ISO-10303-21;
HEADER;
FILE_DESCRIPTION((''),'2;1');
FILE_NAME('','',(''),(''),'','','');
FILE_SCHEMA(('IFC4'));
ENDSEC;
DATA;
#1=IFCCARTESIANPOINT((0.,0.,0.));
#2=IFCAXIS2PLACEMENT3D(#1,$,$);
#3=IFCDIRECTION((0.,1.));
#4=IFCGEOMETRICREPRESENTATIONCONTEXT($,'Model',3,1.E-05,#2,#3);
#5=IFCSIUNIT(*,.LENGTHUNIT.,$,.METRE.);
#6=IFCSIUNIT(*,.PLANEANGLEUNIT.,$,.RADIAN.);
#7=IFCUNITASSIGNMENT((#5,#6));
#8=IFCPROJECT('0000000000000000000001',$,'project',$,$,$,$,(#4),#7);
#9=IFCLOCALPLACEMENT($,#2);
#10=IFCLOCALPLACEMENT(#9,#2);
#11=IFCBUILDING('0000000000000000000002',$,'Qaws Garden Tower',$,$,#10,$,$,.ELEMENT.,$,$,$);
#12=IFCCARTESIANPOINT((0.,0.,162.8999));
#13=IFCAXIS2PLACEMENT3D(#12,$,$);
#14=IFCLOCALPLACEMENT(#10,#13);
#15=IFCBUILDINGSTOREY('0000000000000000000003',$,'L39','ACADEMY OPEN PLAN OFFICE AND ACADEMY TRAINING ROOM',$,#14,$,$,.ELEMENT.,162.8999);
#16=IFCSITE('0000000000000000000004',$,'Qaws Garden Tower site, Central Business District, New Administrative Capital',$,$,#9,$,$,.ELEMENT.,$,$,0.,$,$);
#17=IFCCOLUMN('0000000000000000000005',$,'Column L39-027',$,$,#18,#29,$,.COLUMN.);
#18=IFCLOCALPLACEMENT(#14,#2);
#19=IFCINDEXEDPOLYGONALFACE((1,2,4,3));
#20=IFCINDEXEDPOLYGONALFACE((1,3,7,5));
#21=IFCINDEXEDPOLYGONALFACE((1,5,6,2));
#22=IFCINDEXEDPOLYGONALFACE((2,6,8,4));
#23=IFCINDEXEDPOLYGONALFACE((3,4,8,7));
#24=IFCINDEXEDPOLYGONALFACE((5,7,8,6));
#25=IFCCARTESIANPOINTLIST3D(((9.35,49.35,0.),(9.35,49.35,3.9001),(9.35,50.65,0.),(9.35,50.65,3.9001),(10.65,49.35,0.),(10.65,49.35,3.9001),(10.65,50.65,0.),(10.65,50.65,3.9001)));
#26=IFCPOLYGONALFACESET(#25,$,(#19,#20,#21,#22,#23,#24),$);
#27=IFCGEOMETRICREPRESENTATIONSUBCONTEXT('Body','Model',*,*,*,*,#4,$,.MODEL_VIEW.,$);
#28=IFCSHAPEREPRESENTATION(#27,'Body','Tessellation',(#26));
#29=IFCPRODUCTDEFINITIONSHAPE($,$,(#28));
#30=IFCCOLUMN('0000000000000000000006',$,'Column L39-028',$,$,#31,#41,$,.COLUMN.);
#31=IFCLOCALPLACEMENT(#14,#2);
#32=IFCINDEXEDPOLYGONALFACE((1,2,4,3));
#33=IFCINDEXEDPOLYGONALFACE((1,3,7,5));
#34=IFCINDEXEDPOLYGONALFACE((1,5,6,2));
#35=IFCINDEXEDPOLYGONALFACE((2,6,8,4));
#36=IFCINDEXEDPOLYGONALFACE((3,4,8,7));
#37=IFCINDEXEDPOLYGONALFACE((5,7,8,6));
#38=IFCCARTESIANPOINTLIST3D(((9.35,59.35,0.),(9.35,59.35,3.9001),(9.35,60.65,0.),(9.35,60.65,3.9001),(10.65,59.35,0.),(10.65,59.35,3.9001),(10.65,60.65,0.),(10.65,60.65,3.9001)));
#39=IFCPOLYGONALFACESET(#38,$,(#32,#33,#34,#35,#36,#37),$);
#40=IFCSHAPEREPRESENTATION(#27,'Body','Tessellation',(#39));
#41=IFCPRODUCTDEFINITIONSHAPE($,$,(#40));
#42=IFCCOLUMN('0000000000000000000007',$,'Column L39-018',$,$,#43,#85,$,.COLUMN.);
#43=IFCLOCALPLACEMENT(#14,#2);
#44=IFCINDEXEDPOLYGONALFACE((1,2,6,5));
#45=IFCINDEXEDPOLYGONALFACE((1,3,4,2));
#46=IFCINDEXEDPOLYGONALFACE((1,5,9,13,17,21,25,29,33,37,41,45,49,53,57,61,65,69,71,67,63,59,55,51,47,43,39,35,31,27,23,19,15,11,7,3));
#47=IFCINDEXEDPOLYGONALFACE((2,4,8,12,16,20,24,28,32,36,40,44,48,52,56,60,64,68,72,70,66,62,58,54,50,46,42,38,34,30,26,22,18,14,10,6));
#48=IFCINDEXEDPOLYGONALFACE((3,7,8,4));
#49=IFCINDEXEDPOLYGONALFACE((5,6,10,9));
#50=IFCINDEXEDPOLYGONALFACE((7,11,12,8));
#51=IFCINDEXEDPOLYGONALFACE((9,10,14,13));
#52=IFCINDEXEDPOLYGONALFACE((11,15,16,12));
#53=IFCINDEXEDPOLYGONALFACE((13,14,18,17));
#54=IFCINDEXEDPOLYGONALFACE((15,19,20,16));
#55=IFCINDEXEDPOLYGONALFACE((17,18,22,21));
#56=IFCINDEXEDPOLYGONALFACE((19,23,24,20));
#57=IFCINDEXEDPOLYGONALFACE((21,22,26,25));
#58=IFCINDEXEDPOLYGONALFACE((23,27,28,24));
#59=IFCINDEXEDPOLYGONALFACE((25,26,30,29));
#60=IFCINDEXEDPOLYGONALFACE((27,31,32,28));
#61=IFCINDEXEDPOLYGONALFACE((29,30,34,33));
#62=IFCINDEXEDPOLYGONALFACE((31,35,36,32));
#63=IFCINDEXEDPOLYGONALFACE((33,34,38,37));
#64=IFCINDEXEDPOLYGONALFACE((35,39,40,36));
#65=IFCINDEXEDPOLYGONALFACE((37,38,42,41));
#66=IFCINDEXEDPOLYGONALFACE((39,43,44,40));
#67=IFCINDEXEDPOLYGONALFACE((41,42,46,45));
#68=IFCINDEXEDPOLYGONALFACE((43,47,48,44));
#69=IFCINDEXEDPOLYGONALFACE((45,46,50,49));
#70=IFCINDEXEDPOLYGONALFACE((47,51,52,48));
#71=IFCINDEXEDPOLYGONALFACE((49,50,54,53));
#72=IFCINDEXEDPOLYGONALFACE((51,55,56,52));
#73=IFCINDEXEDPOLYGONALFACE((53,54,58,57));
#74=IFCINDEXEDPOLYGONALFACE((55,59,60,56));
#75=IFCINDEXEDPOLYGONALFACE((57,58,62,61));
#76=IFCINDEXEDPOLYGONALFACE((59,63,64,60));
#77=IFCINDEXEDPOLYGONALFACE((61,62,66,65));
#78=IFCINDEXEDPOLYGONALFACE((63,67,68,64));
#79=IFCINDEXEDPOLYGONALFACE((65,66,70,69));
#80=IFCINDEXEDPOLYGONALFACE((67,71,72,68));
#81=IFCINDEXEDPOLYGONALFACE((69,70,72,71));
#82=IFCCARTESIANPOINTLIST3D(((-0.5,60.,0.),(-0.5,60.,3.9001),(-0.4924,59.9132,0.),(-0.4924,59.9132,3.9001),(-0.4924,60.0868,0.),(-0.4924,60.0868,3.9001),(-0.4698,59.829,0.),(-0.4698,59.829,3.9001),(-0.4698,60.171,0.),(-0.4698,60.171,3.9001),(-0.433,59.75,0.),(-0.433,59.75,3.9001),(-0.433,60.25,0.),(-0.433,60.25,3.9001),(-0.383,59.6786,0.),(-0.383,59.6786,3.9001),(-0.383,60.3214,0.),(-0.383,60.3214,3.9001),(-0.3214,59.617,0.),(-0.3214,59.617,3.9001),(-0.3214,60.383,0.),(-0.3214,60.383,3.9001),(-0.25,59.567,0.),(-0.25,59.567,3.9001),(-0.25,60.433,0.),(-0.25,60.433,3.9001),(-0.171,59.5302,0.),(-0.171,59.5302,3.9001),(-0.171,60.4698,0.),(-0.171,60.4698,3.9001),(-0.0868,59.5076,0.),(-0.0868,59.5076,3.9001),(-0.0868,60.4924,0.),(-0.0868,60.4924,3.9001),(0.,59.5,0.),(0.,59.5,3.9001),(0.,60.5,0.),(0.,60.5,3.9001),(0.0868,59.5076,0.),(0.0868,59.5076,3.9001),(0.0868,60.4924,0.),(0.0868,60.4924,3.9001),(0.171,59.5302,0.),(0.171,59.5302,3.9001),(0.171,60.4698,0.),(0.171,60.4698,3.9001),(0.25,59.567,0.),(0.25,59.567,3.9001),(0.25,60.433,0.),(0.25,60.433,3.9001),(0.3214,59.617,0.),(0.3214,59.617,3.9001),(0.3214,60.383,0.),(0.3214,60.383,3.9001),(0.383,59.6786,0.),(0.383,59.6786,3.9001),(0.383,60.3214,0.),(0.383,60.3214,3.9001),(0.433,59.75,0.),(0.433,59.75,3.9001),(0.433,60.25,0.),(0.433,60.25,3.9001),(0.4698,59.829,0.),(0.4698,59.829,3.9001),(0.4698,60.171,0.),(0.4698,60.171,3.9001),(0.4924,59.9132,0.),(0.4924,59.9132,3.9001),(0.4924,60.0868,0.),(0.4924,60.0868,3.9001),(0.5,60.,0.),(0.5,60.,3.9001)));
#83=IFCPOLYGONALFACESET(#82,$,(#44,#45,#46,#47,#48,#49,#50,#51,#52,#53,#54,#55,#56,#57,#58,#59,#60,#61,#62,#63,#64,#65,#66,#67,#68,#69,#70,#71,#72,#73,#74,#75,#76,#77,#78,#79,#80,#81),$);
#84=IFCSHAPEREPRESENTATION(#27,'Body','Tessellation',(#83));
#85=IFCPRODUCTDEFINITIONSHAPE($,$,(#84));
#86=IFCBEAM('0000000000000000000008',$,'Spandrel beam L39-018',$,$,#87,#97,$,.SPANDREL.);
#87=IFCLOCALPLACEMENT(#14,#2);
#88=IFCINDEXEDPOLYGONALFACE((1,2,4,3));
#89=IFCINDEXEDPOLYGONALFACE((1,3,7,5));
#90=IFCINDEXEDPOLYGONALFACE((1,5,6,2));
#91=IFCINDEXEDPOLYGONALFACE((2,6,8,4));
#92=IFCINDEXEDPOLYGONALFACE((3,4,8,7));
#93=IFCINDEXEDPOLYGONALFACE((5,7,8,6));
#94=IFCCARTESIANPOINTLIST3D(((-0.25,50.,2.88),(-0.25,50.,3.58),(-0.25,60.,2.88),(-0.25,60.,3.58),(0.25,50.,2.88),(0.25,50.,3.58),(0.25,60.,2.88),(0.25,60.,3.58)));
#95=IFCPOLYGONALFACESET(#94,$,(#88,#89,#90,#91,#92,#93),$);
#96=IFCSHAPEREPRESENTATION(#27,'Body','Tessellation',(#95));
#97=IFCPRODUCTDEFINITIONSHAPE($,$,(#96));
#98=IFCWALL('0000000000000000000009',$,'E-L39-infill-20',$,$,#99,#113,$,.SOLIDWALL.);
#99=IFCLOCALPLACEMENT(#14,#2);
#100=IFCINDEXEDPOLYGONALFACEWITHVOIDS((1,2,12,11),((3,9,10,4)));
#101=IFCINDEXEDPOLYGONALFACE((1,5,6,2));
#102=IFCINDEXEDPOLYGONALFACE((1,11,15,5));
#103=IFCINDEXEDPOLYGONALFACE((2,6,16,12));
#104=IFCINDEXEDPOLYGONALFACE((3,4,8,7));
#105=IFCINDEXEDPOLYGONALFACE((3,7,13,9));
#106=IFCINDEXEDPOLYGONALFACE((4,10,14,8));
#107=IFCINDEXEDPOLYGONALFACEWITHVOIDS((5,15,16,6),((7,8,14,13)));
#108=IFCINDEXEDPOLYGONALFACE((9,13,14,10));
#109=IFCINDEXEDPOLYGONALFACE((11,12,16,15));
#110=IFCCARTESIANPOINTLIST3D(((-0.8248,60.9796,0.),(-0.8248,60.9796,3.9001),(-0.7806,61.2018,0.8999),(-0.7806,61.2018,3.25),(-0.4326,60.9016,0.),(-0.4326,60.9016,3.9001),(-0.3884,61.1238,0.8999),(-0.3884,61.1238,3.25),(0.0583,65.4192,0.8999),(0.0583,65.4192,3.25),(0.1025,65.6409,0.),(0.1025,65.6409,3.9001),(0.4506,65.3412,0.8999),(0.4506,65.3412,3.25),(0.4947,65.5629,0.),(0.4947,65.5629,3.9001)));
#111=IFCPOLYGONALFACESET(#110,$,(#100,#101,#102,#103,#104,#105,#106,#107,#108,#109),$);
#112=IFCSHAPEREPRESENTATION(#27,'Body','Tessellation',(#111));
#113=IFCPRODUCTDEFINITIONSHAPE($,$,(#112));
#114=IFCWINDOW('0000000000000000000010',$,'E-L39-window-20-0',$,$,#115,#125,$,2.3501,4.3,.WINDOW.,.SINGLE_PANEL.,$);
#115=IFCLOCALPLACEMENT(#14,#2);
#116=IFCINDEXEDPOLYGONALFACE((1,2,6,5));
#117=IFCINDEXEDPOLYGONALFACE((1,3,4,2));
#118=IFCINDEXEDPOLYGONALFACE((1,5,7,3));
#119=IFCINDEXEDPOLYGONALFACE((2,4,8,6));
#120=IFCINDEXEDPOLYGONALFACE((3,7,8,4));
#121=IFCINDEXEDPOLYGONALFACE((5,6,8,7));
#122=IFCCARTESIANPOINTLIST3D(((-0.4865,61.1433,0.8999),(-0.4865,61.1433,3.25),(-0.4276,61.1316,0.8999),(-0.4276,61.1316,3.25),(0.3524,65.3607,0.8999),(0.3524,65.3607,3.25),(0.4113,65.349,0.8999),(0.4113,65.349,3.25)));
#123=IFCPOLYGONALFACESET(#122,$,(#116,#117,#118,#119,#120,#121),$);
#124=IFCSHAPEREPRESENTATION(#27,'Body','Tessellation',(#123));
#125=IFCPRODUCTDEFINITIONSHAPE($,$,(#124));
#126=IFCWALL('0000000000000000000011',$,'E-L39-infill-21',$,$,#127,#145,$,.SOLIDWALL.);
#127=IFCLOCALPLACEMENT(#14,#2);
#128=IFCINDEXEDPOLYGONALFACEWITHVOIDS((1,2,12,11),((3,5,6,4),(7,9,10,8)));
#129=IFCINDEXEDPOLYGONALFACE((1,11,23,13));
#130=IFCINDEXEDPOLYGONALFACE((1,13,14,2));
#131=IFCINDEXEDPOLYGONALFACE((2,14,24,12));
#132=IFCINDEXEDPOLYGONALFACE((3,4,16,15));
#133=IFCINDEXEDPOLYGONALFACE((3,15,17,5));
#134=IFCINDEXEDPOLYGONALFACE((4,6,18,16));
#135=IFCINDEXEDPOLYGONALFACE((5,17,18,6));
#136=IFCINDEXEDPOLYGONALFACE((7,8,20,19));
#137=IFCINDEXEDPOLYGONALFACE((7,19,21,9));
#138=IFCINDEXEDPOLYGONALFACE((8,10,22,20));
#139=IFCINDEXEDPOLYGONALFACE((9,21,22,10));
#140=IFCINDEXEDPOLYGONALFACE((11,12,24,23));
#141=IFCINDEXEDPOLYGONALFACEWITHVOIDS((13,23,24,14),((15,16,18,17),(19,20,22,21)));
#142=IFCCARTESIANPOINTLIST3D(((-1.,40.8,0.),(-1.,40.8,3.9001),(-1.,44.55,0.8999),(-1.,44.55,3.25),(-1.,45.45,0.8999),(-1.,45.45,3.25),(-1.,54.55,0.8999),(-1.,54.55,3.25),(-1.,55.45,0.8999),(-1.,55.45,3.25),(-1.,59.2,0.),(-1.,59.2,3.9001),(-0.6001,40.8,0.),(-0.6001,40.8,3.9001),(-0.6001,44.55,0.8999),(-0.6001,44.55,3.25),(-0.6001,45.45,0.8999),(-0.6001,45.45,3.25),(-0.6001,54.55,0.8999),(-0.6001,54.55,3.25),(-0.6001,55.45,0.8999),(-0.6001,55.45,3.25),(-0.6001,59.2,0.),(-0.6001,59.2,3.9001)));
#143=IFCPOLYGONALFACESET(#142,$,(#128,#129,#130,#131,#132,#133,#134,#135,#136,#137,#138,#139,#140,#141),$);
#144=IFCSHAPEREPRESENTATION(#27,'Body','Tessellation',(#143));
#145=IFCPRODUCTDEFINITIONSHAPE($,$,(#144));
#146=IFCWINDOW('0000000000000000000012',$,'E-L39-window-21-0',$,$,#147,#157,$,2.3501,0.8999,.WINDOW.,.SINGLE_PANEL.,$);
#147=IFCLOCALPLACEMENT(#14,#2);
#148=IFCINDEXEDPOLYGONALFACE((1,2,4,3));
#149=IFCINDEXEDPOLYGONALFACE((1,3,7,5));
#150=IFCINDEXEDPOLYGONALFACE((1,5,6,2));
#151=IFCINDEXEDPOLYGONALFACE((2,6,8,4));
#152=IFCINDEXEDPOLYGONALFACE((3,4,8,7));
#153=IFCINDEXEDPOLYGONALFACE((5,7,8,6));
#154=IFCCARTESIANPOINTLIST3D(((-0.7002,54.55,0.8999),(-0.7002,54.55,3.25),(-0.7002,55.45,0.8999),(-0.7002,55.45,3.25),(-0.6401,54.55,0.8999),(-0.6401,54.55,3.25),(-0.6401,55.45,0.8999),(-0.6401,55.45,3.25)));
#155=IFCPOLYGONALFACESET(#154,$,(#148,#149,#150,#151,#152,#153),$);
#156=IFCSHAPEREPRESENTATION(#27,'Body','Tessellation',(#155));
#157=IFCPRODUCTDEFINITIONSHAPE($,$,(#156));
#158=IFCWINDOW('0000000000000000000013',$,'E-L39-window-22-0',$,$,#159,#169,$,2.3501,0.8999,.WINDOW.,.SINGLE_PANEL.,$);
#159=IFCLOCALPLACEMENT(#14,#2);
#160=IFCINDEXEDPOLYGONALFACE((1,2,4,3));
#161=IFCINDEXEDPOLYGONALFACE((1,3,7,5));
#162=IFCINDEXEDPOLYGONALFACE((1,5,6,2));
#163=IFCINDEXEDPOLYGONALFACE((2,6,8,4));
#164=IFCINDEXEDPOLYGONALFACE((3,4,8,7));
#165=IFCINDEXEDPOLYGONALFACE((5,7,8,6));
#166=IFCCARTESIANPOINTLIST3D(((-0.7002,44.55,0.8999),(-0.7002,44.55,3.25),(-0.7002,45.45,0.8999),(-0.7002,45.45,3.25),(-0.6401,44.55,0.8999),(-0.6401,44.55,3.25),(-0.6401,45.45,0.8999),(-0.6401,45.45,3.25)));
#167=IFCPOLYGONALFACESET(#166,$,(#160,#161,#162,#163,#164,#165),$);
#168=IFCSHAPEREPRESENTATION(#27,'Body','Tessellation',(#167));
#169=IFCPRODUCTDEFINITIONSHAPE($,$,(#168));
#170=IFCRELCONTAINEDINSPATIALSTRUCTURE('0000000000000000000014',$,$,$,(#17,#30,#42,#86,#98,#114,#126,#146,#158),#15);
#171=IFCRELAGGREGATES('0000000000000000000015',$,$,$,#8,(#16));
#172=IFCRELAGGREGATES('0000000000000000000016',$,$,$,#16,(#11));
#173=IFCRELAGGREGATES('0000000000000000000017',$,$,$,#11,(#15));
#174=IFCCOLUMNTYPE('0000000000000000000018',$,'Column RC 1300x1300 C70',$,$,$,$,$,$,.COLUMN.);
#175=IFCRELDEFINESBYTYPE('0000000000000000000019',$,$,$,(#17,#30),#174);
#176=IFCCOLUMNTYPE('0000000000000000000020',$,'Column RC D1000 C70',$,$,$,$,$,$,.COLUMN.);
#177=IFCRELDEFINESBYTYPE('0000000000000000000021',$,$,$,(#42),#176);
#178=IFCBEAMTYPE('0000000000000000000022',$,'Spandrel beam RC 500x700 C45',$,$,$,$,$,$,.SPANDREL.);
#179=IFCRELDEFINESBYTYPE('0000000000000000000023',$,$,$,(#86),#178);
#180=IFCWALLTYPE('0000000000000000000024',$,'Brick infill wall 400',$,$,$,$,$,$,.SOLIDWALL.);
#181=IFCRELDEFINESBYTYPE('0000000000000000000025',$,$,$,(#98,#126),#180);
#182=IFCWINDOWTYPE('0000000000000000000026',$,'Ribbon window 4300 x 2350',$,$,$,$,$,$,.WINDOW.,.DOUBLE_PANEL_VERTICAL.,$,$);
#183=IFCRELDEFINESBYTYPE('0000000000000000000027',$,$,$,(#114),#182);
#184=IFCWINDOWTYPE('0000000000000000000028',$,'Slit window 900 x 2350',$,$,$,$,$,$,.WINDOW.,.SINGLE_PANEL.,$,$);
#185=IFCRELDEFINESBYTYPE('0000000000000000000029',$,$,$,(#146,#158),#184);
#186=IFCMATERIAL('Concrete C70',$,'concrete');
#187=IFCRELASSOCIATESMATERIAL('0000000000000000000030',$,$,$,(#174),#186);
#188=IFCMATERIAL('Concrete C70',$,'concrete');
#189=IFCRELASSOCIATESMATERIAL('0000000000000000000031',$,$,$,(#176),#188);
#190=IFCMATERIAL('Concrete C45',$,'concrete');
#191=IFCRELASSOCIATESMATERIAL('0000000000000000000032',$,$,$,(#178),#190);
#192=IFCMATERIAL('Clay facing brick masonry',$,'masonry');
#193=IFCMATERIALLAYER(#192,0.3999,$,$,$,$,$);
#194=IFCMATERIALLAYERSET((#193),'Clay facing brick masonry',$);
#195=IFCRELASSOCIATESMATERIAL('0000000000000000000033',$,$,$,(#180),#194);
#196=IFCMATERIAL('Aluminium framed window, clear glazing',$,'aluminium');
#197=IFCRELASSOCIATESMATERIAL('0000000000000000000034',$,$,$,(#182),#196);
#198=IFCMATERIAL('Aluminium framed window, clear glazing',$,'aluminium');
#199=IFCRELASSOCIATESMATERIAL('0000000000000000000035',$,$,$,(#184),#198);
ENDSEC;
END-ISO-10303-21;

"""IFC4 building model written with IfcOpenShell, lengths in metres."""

from ifc_helpers import new_model, si_unit, direction, frame, frame_2d, origin, origin_2d, place, context, subcontext, project, spatial, rectangle, circle, extrude, material, layer, layer_set, material_profile, profile_set, type_object, element, fill, save


model = new_model("IFC4")

# Units and contexts
model_context = context("Model", 3, precision=1e-05, world=origin(), true_north=direction((0.0, 1.0)))
body_context = subcontext(model_context, "Body", "Model", "MODEL_VIEW")
ifc_project = project(units=[si_unit("LENGTHUNIT", "METRE"), si_unit("PLANEANGLEUNIT", "RADIAN")], contexts=[model_context])

# Site, building, storey
site_placement = place(None, origin())
site = spatial("IfcSite", under=ifc_project, at=site_placement, Name="Qaws Garden Tower site, Central Business District, New Administrative Capital", CompositionType="ELEMENT", RefElevation=0.0)
building_placement = place(site_placement, origin())
building = spatial("IfcBuilding", under=site, at=building_placement, Name="Qaws Garden Tower", CompositionType="ELEMENT")
storey_placement = place(building_placement, frame((0.0, 0.0, 162.8999)))
storey = spatial("IfcBuildingStorey", under=building, at=storey_placement, Name="L39", Description="ACADEMY OPEN PLAN OFFICE AND ACADEMY TRAINING ROOM", CompositionType="ELEMENT", Elevation=162.8999)

# Columns
ifc_material_1 = material(Name="Concrete C70", Category="concrete")
ifc_material_profile_1 = material_profile(ifc_material_1, rectangle(XDim=1.3, YDim=1.3, at=origin_2d()), Name="RC 1300x1300")
ifc_profile_set_1 = profile_set([ifc_material_profile_1], Name="Concrete C70")
column_type_1 = type_object("IfcColumnType", Name="Column RC 1300x1300 C70", PredefinedType="COLUMN", material=ifc_profile_set_1)
for number, where, z_axis, x_axis, name in (
    (1, (10.0, 50.0, 0.0), (0.0, 0.0, 1.0), (1.0, 0.0, 0.0), "Column L39-027"),
    (2, (10.0, 60.0, 0.0), (0.0, 0.0, 1.0), (1.0, 0.0, 0.0), "Column L39-028"),
):
    element("IfcColumn", number, at=place(storey_placement, frame(where, z_axis=z_axis, x_axis=x_axis)), inside=storey, type_object=column_type_1, Name=name, PredefinedType="COLUMN", context=body_context, shape_type="SweptSolid", body=[
        extrude(rectangle(XDim=1.3, YDim=1.3, at=origin_2d()), origin(), (0.0, 0.0, 1.0), 3.9001),
    ])
ifc_material_2 = material(Name="Concrete C70", Category="concrete")
ifc_material_profile_2 = material_profile(ifc_material_2, circle(Radius=0.5, at=origin_2d()), Name="RC D1000")
ifc_profile_set_2 = profile_set([ifc_material_profile_2], Name="Concrete C70")
column_type_2 = type_object("IfcColumnType", Name="Column RC D1000 C70", PredefinedType="COLUMN", material=ifc_profile_set_2)
column_placement = place(storey_placement, frame((0.0, 60.0, 0.0), z_axis=(0.0, 0.0, 1.0), x_axis=(1.0, 0.0, 0.0)))
element("IfcColumn", 3, at=column_placement, inside=storey, type_object=column_type_2, Name="Column L39-018", PredefinedType="COLUMN", context=body_context, shape_type="SweptSolid", body=[
    extrude(circle(Radius=0.5, at=origin_2d()), origin(), (0.0, 0.0, 1.0), 3.9001),
])

# Beam
ifc_material_3 = material(Name="Concrete C45", Category="concrete")
ifc_material_profile_3 = material_profile(ifc_material_3, rectangle(XDim=0.5, YDim=0.7, at=origin_2d()), Name="RC 500x700")
ifc_profile_set_3 = profile_set([ifc_material_profile_3], Name="Concrete C45")
beam_type = type_object("IfcBeamType", Name="Spandrel beam RC 500x700 C45", PredefinedType="SPANDREL", material=ifc_profile_set_3)
beam_placement = place(storey_placement, frame((0.0, 60.0, 3.23), z_axis=(0.0, -1.0, 0.0), x_axis=(1.0, 0.0, 0.0)))
element("IfcBeam", 4, at=beam_placement, inside=storey, type_object=beam_type, Name="Spandrel beam L39-018", PredefinedType="SPANDREL", context=body_context, shape_type="SweptSolid", body=[
    extrude(rectangle(XDim=0.5, YDim=0.7, at=origin_2d()), origin(), (0.0, 0.0, 1.0), 10.0),
])

# Wall, opening, window
ifc_material_4 = material(Name="Clay facing brick masonry", Category="masonry")
ifc_layer_1 = layer(ifc_material_4, 0.3999)
ifc_layer_set_1 = layer_set([ifc_layer_1], Name="Clay facing brick masonry")
wall_type_1 = type_object("IfcWallType", Name="Brick infill wall 400", PredefinedType="SOLIDWALL", material=ifc_layer_set_1)
wall_1_placement = place(storey_placement, frame((0.2986, 65.6021, 0.0), z_axis=(0.0, 0.0, 1.0), x_axis=(-0.195099, -0.980784, 0.0)))
wall_1 = element("IfcWall", 5, at=wall_1_placement, inside=storey, type_object=wall_type_1, Name="E-L39-infill-20", PredefinedType="SOLIDWALL", context=body_context, shape_type="SweptSolid", body=[
    extrude(rectangle(XDim=4.7527, YDim=0.3999, at=frame_2d((2.3765, 0.0))), origin(), (0.0, 0.0, 1.0), 3.9001),
])
opening_1_placement = place(wall_1_placement, frame((0.2263, 0.0, 0.8999)))
opening_1 = element("IfcOpeningElement", 6, at=opening_1_placement, cuts=wall_1, PredefinedType="OPENING", context=body_context, shape_type="SweptSolid", body=[
    extrude(rectangle(XDim=4.3, YDim=2.3501, at=frame_2d((2.1499, 1.175))), frame((0.0, 0.21, 0.0), z_axis=(0.0, -1.0, 0.0), x_axis=(1.0, 0.0, 0.0)), (0.0, 0.0, 1.0), 0.4199),
])
ifc_material_5 = material(Name="Aluminium framed window, clear glazing", Category="aluminium")
window_type_1 = type_object("IfcWindowType", Name="Ribbon window 4300 x 2350", PartitioningType="DOUBLE_PANEL_VERTICAL", PredefinedType="WINDOW", material=ifc_material_5)
window_1_placement = place(opening_1_placement, origin())
window_1 = element("IfcWindow", 7, at=window_1_placement, inside=storey, type_object=window_type_1, Name="E-L39-window-20-0", OverallHeight=2.3501, OverallWidth=4.3, PartitioningType="SINGLE_PANEL", PredefinedType="WINDOW", context=body_context, shape_type="SweptSolid", body=[
    extrude(rectangle(XDim=4.3, YDim=2.3501, at=frame_2d((2.1499, 1.175))), frame((0.0, 0.1599, 0.0), z_axis=(0.0, -1.0, 0.0), x_axis=(1.0, 0.0, 0.0)), (0.0, 0.0, 1.0), 0.0601),
])
fill(opening_1, window_1)

# Wall, openings, windows
wall_2_placement = place(storey_placement, frame((-0.8, 59.2, 0.0), z_axis=(0.0, 0.0, 1.0), x_axis=(0.0, -1.0, 0.0)))
wall_2 = element("IfcWall", 8, at=wall_2_placement, inside=storey, type_object=wall_type_1, Name="E-L39-infill-21", PredefinedType="SOLIDWALL", context=body_context, shape_type="SweptSolid", body=[
    extrude(rectangle(XDim=18.3999, YDim=0.3999, at=frame_2d((9.2, 0.0))), origin(), (0.0, 0.0, 1.0), 3.9001),
])
opening_2_placement = place(wall_2_placement, frame((3.75, 0.0, 0.8999)))
opening_2 = element("IfcOpeningElement", 9, at=opening_2_placement, cuts=wall_2, PredefinedType="OPENING", context=body_context, shape_type="SweptSolid", body=[
    extrude(rectangle(XDim=0.8999, YDim=2.3501, at=frame_2d((0.45, 1.175))), frame((0.0, 0.21, 0.0), z_axis=(0.0, -1.0, 0.0), x_axis=(1.0, 0.0, 0.0)), (0.0, 0.0, 1.0), 0.4199),
])
opening_3_placement = place(wall_2_placement, frame((13.75, 0.0, 0.8999)))
opening_3 = element("IfcOpeningElement", 10, at=opening_3_placement, cuts=wall_2, PredefinedType="OPENING", context=body_context, shape_type="SweptSolid", body=[
    extrude(rectangle(XDim=0.8999, YDim=2.3501, at=frame_2d((0.45, 1.175))), frame((0.0, 0.21, 0.0), z_axis=(0.0, -1.0, 0.0), x_axis=(1.0, 0.0, 0.0)), (0.0, 0.0, 1.0), 0.4199),
])
ifc_material_6 = material(Name="Aluminium framed window, clear glazing", Category="aluminium")
window_type_2 = type_object("IfcWindowType", Name="Slit window 900 x 2350", PartitioningType="SINGLE_PANEL", PredefinedType="WINDOW", material=ifc_material_6)
window_2_placement = place(opening_2_placement, origin())
window_2 = element("IfcWindow", 11, at=window_2_placement, inside=storey, type_object=window_type_2, Name="E-L39-window-21-0", OverallHeight=2.3501, OverallWidth=0.8999, PartitioningType="SINGLE_PANEL", PredefinedType="WINDOW", context=body_context, shape_type="SweptSolid", body=[
    extrude(rectangle(XDim=0.8999, YDim=2.3501, at=frame_2d((0.45, 1.175))), frame((0.0, 0.1599, 0.0), z_axis=(0.0, -1.0, 0.0), x_axis=(1.0, 0.0, 0.0)), (0.0, 0.0, 1.0), 0.0601),
])
fill(opening_2, window_2)
window_3_placement = place(opening_3_placement, origin())
window_3 = element("IfcWindow", 12, at=window_3_placement, inside=storey, type_object=window_type_2, Name="E-L39-window-22-0", OverallHeight=2.3501, OverallWidth=0.8999, PartitioningType="SINGLE_PANEL", PredefinedType="WINDOW", context=body_context, shape_type="SweptSolid", body=[
    extrude(rectangle(XDim=0.8999, YDim=2.3501, at=frame_2d((0.45, 1.175))), frame((0.0, 0.1599, 0.0), z_axis=(0.0, -1.0, 0.0), x_axis=(1.0, 0.0, 0.0)), (0.0, 0.0, 1.0), 0.0601),
])
fill(opening_3, window_3)

save(model, "model.ifc")
